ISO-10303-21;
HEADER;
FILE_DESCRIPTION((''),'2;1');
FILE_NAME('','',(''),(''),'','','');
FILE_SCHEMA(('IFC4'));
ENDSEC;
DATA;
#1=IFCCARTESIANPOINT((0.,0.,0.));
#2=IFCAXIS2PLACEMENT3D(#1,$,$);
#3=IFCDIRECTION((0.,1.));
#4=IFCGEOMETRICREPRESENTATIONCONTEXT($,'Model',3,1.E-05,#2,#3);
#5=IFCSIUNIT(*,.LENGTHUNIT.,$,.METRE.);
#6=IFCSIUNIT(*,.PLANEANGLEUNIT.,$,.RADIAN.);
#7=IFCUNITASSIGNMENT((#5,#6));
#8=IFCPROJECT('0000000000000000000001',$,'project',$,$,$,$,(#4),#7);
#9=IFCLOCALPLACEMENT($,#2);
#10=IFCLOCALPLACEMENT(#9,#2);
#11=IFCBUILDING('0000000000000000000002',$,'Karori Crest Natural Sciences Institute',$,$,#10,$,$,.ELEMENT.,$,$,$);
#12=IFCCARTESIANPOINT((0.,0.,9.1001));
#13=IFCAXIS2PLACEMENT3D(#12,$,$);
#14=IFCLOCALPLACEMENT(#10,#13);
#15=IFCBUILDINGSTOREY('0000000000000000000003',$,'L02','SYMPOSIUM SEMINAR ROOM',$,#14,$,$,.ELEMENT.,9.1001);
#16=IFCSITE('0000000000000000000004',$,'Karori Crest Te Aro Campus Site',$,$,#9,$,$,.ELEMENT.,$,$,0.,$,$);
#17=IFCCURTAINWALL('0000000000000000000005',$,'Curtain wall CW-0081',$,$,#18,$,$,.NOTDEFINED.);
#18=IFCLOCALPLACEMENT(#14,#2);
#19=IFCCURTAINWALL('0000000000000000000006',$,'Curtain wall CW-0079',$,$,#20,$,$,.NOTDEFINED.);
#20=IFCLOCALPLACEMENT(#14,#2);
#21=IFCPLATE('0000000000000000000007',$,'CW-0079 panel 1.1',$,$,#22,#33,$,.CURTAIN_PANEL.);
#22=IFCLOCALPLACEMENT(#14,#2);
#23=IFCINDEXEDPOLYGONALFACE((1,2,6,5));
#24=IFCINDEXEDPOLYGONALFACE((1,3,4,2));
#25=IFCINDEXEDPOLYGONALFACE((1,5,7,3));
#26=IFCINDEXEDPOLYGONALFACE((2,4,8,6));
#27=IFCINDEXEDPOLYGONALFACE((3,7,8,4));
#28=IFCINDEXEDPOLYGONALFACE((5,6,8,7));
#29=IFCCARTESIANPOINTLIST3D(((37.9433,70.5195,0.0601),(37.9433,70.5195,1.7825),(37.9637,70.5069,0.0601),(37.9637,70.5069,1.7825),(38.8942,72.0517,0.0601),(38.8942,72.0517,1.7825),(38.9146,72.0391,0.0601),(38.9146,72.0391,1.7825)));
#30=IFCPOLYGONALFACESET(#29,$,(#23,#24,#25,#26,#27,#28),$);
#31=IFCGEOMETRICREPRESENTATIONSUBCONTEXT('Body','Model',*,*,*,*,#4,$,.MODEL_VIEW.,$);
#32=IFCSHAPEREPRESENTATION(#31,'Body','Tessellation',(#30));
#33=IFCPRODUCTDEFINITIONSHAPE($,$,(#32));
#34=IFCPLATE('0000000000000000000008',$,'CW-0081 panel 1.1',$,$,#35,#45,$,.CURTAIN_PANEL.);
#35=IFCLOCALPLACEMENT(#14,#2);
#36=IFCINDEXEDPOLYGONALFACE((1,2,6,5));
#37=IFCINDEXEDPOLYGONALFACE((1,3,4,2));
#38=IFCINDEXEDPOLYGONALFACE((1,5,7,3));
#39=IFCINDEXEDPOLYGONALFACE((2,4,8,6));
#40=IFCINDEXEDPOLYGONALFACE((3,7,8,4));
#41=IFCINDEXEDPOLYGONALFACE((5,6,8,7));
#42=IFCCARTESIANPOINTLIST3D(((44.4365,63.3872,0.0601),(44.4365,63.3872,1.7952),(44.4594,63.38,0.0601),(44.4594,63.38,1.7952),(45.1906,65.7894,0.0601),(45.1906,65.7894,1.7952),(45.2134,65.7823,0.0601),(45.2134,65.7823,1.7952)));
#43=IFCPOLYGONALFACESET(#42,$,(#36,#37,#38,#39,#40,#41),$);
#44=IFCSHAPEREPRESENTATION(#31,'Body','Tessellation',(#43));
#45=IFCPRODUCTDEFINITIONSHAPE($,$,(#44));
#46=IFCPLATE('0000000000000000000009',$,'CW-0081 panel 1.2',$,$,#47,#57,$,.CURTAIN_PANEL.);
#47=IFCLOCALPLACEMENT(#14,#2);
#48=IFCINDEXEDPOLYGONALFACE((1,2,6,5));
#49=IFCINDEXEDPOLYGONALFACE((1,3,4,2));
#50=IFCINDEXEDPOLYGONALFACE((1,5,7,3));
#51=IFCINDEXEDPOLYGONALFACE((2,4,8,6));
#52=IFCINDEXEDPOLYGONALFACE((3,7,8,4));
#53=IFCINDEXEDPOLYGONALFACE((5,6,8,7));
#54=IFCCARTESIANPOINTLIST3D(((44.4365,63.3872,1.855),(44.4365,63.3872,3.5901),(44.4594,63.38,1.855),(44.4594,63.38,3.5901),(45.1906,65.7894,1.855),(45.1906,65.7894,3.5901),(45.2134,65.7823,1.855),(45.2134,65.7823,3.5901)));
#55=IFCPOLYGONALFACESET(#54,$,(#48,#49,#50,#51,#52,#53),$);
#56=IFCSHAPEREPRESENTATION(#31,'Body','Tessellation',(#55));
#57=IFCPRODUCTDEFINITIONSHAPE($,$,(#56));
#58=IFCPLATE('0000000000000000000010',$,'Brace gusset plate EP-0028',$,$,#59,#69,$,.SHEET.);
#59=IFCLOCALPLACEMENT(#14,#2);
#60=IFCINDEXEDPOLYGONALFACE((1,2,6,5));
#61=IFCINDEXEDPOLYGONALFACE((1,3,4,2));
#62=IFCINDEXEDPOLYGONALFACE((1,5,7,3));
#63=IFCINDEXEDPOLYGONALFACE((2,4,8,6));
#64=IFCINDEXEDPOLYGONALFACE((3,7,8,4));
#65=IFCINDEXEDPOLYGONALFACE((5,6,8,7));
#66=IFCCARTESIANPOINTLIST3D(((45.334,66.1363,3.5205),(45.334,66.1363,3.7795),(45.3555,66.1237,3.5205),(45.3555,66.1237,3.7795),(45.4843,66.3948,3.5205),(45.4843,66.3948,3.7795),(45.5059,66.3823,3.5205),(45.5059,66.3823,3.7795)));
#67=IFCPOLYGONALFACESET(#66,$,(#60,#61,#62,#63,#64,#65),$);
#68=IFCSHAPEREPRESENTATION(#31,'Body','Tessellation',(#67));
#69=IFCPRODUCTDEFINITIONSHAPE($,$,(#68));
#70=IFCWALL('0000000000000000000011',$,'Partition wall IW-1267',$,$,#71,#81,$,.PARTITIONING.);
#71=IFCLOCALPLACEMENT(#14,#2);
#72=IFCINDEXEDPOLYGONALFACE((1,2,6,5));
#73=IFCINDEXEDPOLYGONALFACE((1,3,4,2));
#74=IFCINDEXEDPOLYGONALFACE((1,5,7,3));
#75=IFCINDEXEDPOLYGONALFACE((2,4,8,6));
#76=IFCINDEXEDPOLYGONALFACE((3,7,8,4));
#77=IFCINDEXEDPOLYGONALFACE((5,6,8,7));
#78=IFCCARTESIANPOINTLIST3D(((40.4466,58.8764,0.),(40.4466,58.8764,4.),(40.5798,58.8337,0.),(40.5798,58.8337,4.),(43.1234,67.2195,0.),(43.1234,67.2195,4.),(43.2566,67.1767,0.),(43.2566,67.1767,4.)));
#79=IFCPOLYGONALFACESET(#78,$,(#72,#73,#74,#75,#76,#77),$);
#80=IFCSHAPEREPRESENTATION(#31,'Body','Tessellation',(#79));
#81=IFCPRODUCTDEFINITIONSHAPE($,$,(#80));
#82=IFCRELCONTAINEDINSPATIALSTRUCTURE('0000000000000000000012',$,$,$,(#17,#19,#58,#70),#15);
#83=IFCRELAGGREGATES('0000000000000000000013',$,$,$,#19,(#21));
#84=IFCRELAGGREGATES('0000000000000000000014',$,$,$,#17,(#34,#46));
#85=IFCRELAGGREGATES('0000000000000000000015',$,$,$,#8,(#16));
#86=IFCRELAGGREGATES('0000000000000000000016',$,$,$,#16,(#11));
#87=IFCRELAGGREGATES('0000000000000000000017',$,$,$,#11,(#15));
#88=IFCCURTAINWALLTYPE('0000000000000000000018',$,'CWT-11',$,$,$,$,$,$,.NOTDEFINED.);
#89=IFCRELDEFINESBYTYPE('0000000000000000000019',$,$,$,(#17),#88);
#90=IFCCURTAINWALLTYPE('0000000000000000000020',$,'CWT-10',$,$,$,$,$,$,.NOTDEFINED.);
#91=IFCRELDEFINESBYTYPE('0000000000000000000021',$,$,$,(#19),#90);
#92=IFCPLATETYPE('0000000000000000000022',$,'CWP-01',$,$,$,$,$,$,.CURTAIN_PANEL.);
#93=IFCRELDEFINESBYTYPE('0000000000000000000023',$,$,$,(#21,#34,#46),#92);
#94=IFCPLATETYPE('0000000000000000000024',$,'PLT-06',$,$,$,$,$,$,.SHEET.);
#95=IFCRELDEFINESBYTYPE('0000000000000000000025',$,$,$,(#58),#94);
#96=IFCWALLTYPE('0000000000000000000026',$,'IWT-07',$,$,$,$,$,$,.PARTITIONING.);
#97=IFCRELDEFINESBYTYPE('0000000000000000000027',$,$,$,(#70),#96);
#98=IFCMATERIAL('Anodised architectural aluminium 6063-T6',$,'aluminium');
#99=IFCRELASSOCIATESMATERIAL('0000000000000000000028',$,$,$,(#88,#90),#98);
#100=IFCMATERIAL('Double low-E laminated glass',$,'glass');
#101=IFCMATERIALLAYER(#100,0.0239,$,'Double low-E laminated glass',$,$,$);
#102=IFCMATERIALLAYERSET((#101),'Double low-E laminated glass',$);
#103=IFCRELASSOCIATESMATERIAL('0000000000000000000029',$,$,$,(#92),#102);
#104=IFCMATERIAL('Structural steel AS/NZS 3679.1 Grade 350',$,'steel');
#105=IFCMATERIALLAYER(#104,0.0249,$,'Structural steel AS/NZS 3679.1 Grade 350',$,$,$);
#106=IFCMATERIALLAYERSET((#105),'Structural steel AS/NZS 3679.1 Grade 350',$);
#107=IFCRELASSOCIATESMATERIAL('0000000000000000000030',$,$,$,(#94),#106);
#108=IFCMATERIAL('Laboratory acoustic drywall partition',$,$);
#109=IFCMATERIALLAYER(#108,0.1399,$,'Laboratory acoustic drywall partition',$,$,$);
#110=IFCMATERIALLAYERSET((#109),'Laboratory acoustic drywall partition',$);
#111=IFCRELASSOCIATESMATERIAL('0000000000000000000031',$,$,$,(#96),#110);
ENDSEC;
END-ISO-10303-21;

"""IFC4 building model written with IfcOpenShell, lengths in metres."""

from ifc_helpers import new_model, si_unit, direction, frame, frame_2d, origin, origin_2d, place, context, subcontext, project, spatial, rectangle, extrude, material, layer, layer_set, type_object, element, aggregate, save


model = new_model("IFC4")

# Units and contexts
model_context = context("Model", 3, precision=1e-05, world=origin(), true_north=direction((0.0, 1.0)))
body_context = subcontext(model_context, "Body", "Model", "MODEL_VIEW")
ifc_project = project(units=[si_unit("LENGTHUNIT", "METRE"), si_unit("PLANEANGLEUNIT", "RADIAN")], contexts=[model_context])

# Site, building, storey
site_placement = place(None, origin())
site = spatial("IfcSite", under=ifc_project, at=site_placement, Name="Karori Crest Te Aro Campus Site", CompositionType="ELEMENT", RefElevation=0.0)
building_placement = place(site_placement, origin())
building = spatial("IfcBuilding", under=site, at=building_placement, Name="Karori Crest Natural Sciences Institute", CompositionType="ELEMENT")
storey_placement = place(building_placement, frame((0.0, 0.0, 9.1001)))
storey = spatial("IfcBuildingStorey", under=building, at=storey_placement, Name="L02", Description="SYMPOSIUM SEMINAR ROOM", CompositionType="ELEMENT", Elevation=9.1001)

# Shared definitions
ifc_material_1 = material(Name="Structural steel AS/NZS 3679.1 Grade 350", Category="steel")

# Curtain walls
ifc_material_2 = material(Name="Anodised architectural aluminium 6063-T6", Category="aluminium")
curtain_wall_type_1 = type_object("IfcCurtainWallType", Name="CWT-11", PredefinedType="NOTDEFINED", material=ifc_material_2)
curtain_wall_1_placement = place(storey_placement, origin())
curtain_wall_1 = element("IfcCurtainWall", 1, at=curtain_wall_1_placement, inside=storey, type_object=curtain_wall_type_1, Name="Curtain wall CW-0081", PredefinedType="NOTDEFINED")
curtain_wall_type_2 = type_object("IfcCurtainWallType", Name="CWT-10", PredefinedType="NOTDEFINED", material=ifc_material_2)
curtain_wall_2_placement = place(storey_placement, origin())
curtain_wall_2 = element("IfcCurtainWall", 2, at=curtain_wall_2_placement, inside=storey, type_object=curtain_wall_type_2, Name="Curtain wall CW-0079", PredefinedType="NOTDEFINED")

# Plates
ifc_material_3 = material(Name="Double low-E laminated glass", Category="glass")
ifc_layer_1 = layer(ifc_material_3, 0.0239, Name="Double low-E laminated glass")
ifc_layer_set_1 = layer_set([ifc_layer_1], Name="Double low-E laminated glass")
plate_type_1 = type_object("IfcPlateType", Name="CWP-01", PredefinedType="CURTAIN_PANEL", material=ifc_layer_set_1)
plate_1_placement = place(storey_placement, frame((38.429, 71.2793, 0.0601), z_axis=(0.0, 0.0, 1.0), x_axis=(0.527328, 0.849662, 0.0)))
plate_1 = element("IfcPlate", 3, at=plate_1_placement, type_object=plate_type_1, Name="CW-0079 panel 1.1", PredefinedType="CURTAIN_PANEL", context=body_context, shape_type="SweptSolid", body=[
    extrude(rectangle(XDim=1.8032, YDim=0.0239, at=origin_2d()), origin(), (0.0, 0.0, 1.0), 1.7224),
])
aggregate(curtain_wall_2, [plate_1])
plate_2_placement = place(storey_placement, frame((44.825, 64.5847, 0.0601), z_axis=(0.0, 0.0, 1.0), x_axis=(-0.299477, -0.954104, 0.0)))
plate_2 = element("IfcPlate", 4, at=plate_2_placement, type_object=plate_type_1, Name="CW-0081 panel 1.1", PredefinedType="CURTAIN_PANEL", context=body_context, shape_type="SweptSolid", body=[
    extrude(rectangle(XDim=2.5178, YDim=0.0239, at=origin_2d()), origin(), (0.0, 0.0, 1.0), 1.7351),
])
plate_3_placement = place(storey_placement, frame((44.825, 64.5847, 1.855), z_axis=(0.0, 0.0, 1.0), x_axis=(-0.299477, -0.954104, 0.0)))
plate_3 = element("IfcPlate", 5, at=plate_3_placement, type_object=plate_type_1, Name="CW-0081 panel 1.2", PredefinedType="CURTAIN_PANEL", context=body_context, shape_type="SweptSolid", body=[
    extrude(rectangle(XDim=2.5178, YDim=0.0239, at=origin_2d()), origin(), (0.0, 0.0, 1.0), 1.7351),
])
aggregate(curtain_wall_1, [plate_2, plate_3])
ifc_layer_2 = layer(ifc_material_1, 0.0249, Name="Structural steel AS/NZS 3679.1 Grade 350")
ifc_layer_set_2 = layer_set([ifc_layer_2], Name="Structural steel AS/NZS 3679.1 Grade 350")
plate_type_2 = type_object("IfcPlateType", Name="PLT-06", PredefinedType="SHEET", material=ifc_layer_set_2)
plate_4_placement = place(storey_placement, frame((45.4199, 66.2593, 3.5205), z_axis=(0.0, 0.0, 1.0), x_axis=(0.502652, 0.864489, 0.0)))
element("IfcPlate", 6, at=plate_4_placement, inside=storey, type_object=plate_type_2, Name="Brace gusset plate EP-0028", PredefinedType="SHEET", context=body_context, shape_type="SweptSolid", body=[
    extrude(rectangle(XDim=0.2991, YDim=0.0249, at=origin_2d()), origin(), (0.0, 0.0, 1.0), 0.259),
])

# Wall
ifc_material_4 = material(Name="Laboratory acoustic drywall partition")
ifc_layer_3 = layer(ifc_material_4, 0.1399, Name="Laboratory acoustic drywall partition")
ifc_layer_set_3 = layer_set([ifc_layer_3], Name="Laboratory acoustic drywall partition")
wall_type = type_object("IfcWallType", Name="IWT-07", PredefinedType="PARTITIONING", material=ifc_layer_set_3)
wall_placement = place(storey_placement, frame((43.1899, 67.198, 0.0), z_axis=(0.0, 0.0, 1.0), x_axis=(-0.3055, -0.952192, 0.0)))
element("IfcWall", 7, at=wall_placement, inside=storey, type_object=wall_type, Name="Partition wall IW-1267", PredefinedType="PARTITIONING", context=body_context, shape_type="SweptSolid", body=[
    extrude(rectangle(XDim=8.762, YDim=0.1399, at=frame_2d((4.3809, 0.0))), origin(), (0.0, 0.0, 1.0), 4.0),
])

save(model, "model.ifc")
